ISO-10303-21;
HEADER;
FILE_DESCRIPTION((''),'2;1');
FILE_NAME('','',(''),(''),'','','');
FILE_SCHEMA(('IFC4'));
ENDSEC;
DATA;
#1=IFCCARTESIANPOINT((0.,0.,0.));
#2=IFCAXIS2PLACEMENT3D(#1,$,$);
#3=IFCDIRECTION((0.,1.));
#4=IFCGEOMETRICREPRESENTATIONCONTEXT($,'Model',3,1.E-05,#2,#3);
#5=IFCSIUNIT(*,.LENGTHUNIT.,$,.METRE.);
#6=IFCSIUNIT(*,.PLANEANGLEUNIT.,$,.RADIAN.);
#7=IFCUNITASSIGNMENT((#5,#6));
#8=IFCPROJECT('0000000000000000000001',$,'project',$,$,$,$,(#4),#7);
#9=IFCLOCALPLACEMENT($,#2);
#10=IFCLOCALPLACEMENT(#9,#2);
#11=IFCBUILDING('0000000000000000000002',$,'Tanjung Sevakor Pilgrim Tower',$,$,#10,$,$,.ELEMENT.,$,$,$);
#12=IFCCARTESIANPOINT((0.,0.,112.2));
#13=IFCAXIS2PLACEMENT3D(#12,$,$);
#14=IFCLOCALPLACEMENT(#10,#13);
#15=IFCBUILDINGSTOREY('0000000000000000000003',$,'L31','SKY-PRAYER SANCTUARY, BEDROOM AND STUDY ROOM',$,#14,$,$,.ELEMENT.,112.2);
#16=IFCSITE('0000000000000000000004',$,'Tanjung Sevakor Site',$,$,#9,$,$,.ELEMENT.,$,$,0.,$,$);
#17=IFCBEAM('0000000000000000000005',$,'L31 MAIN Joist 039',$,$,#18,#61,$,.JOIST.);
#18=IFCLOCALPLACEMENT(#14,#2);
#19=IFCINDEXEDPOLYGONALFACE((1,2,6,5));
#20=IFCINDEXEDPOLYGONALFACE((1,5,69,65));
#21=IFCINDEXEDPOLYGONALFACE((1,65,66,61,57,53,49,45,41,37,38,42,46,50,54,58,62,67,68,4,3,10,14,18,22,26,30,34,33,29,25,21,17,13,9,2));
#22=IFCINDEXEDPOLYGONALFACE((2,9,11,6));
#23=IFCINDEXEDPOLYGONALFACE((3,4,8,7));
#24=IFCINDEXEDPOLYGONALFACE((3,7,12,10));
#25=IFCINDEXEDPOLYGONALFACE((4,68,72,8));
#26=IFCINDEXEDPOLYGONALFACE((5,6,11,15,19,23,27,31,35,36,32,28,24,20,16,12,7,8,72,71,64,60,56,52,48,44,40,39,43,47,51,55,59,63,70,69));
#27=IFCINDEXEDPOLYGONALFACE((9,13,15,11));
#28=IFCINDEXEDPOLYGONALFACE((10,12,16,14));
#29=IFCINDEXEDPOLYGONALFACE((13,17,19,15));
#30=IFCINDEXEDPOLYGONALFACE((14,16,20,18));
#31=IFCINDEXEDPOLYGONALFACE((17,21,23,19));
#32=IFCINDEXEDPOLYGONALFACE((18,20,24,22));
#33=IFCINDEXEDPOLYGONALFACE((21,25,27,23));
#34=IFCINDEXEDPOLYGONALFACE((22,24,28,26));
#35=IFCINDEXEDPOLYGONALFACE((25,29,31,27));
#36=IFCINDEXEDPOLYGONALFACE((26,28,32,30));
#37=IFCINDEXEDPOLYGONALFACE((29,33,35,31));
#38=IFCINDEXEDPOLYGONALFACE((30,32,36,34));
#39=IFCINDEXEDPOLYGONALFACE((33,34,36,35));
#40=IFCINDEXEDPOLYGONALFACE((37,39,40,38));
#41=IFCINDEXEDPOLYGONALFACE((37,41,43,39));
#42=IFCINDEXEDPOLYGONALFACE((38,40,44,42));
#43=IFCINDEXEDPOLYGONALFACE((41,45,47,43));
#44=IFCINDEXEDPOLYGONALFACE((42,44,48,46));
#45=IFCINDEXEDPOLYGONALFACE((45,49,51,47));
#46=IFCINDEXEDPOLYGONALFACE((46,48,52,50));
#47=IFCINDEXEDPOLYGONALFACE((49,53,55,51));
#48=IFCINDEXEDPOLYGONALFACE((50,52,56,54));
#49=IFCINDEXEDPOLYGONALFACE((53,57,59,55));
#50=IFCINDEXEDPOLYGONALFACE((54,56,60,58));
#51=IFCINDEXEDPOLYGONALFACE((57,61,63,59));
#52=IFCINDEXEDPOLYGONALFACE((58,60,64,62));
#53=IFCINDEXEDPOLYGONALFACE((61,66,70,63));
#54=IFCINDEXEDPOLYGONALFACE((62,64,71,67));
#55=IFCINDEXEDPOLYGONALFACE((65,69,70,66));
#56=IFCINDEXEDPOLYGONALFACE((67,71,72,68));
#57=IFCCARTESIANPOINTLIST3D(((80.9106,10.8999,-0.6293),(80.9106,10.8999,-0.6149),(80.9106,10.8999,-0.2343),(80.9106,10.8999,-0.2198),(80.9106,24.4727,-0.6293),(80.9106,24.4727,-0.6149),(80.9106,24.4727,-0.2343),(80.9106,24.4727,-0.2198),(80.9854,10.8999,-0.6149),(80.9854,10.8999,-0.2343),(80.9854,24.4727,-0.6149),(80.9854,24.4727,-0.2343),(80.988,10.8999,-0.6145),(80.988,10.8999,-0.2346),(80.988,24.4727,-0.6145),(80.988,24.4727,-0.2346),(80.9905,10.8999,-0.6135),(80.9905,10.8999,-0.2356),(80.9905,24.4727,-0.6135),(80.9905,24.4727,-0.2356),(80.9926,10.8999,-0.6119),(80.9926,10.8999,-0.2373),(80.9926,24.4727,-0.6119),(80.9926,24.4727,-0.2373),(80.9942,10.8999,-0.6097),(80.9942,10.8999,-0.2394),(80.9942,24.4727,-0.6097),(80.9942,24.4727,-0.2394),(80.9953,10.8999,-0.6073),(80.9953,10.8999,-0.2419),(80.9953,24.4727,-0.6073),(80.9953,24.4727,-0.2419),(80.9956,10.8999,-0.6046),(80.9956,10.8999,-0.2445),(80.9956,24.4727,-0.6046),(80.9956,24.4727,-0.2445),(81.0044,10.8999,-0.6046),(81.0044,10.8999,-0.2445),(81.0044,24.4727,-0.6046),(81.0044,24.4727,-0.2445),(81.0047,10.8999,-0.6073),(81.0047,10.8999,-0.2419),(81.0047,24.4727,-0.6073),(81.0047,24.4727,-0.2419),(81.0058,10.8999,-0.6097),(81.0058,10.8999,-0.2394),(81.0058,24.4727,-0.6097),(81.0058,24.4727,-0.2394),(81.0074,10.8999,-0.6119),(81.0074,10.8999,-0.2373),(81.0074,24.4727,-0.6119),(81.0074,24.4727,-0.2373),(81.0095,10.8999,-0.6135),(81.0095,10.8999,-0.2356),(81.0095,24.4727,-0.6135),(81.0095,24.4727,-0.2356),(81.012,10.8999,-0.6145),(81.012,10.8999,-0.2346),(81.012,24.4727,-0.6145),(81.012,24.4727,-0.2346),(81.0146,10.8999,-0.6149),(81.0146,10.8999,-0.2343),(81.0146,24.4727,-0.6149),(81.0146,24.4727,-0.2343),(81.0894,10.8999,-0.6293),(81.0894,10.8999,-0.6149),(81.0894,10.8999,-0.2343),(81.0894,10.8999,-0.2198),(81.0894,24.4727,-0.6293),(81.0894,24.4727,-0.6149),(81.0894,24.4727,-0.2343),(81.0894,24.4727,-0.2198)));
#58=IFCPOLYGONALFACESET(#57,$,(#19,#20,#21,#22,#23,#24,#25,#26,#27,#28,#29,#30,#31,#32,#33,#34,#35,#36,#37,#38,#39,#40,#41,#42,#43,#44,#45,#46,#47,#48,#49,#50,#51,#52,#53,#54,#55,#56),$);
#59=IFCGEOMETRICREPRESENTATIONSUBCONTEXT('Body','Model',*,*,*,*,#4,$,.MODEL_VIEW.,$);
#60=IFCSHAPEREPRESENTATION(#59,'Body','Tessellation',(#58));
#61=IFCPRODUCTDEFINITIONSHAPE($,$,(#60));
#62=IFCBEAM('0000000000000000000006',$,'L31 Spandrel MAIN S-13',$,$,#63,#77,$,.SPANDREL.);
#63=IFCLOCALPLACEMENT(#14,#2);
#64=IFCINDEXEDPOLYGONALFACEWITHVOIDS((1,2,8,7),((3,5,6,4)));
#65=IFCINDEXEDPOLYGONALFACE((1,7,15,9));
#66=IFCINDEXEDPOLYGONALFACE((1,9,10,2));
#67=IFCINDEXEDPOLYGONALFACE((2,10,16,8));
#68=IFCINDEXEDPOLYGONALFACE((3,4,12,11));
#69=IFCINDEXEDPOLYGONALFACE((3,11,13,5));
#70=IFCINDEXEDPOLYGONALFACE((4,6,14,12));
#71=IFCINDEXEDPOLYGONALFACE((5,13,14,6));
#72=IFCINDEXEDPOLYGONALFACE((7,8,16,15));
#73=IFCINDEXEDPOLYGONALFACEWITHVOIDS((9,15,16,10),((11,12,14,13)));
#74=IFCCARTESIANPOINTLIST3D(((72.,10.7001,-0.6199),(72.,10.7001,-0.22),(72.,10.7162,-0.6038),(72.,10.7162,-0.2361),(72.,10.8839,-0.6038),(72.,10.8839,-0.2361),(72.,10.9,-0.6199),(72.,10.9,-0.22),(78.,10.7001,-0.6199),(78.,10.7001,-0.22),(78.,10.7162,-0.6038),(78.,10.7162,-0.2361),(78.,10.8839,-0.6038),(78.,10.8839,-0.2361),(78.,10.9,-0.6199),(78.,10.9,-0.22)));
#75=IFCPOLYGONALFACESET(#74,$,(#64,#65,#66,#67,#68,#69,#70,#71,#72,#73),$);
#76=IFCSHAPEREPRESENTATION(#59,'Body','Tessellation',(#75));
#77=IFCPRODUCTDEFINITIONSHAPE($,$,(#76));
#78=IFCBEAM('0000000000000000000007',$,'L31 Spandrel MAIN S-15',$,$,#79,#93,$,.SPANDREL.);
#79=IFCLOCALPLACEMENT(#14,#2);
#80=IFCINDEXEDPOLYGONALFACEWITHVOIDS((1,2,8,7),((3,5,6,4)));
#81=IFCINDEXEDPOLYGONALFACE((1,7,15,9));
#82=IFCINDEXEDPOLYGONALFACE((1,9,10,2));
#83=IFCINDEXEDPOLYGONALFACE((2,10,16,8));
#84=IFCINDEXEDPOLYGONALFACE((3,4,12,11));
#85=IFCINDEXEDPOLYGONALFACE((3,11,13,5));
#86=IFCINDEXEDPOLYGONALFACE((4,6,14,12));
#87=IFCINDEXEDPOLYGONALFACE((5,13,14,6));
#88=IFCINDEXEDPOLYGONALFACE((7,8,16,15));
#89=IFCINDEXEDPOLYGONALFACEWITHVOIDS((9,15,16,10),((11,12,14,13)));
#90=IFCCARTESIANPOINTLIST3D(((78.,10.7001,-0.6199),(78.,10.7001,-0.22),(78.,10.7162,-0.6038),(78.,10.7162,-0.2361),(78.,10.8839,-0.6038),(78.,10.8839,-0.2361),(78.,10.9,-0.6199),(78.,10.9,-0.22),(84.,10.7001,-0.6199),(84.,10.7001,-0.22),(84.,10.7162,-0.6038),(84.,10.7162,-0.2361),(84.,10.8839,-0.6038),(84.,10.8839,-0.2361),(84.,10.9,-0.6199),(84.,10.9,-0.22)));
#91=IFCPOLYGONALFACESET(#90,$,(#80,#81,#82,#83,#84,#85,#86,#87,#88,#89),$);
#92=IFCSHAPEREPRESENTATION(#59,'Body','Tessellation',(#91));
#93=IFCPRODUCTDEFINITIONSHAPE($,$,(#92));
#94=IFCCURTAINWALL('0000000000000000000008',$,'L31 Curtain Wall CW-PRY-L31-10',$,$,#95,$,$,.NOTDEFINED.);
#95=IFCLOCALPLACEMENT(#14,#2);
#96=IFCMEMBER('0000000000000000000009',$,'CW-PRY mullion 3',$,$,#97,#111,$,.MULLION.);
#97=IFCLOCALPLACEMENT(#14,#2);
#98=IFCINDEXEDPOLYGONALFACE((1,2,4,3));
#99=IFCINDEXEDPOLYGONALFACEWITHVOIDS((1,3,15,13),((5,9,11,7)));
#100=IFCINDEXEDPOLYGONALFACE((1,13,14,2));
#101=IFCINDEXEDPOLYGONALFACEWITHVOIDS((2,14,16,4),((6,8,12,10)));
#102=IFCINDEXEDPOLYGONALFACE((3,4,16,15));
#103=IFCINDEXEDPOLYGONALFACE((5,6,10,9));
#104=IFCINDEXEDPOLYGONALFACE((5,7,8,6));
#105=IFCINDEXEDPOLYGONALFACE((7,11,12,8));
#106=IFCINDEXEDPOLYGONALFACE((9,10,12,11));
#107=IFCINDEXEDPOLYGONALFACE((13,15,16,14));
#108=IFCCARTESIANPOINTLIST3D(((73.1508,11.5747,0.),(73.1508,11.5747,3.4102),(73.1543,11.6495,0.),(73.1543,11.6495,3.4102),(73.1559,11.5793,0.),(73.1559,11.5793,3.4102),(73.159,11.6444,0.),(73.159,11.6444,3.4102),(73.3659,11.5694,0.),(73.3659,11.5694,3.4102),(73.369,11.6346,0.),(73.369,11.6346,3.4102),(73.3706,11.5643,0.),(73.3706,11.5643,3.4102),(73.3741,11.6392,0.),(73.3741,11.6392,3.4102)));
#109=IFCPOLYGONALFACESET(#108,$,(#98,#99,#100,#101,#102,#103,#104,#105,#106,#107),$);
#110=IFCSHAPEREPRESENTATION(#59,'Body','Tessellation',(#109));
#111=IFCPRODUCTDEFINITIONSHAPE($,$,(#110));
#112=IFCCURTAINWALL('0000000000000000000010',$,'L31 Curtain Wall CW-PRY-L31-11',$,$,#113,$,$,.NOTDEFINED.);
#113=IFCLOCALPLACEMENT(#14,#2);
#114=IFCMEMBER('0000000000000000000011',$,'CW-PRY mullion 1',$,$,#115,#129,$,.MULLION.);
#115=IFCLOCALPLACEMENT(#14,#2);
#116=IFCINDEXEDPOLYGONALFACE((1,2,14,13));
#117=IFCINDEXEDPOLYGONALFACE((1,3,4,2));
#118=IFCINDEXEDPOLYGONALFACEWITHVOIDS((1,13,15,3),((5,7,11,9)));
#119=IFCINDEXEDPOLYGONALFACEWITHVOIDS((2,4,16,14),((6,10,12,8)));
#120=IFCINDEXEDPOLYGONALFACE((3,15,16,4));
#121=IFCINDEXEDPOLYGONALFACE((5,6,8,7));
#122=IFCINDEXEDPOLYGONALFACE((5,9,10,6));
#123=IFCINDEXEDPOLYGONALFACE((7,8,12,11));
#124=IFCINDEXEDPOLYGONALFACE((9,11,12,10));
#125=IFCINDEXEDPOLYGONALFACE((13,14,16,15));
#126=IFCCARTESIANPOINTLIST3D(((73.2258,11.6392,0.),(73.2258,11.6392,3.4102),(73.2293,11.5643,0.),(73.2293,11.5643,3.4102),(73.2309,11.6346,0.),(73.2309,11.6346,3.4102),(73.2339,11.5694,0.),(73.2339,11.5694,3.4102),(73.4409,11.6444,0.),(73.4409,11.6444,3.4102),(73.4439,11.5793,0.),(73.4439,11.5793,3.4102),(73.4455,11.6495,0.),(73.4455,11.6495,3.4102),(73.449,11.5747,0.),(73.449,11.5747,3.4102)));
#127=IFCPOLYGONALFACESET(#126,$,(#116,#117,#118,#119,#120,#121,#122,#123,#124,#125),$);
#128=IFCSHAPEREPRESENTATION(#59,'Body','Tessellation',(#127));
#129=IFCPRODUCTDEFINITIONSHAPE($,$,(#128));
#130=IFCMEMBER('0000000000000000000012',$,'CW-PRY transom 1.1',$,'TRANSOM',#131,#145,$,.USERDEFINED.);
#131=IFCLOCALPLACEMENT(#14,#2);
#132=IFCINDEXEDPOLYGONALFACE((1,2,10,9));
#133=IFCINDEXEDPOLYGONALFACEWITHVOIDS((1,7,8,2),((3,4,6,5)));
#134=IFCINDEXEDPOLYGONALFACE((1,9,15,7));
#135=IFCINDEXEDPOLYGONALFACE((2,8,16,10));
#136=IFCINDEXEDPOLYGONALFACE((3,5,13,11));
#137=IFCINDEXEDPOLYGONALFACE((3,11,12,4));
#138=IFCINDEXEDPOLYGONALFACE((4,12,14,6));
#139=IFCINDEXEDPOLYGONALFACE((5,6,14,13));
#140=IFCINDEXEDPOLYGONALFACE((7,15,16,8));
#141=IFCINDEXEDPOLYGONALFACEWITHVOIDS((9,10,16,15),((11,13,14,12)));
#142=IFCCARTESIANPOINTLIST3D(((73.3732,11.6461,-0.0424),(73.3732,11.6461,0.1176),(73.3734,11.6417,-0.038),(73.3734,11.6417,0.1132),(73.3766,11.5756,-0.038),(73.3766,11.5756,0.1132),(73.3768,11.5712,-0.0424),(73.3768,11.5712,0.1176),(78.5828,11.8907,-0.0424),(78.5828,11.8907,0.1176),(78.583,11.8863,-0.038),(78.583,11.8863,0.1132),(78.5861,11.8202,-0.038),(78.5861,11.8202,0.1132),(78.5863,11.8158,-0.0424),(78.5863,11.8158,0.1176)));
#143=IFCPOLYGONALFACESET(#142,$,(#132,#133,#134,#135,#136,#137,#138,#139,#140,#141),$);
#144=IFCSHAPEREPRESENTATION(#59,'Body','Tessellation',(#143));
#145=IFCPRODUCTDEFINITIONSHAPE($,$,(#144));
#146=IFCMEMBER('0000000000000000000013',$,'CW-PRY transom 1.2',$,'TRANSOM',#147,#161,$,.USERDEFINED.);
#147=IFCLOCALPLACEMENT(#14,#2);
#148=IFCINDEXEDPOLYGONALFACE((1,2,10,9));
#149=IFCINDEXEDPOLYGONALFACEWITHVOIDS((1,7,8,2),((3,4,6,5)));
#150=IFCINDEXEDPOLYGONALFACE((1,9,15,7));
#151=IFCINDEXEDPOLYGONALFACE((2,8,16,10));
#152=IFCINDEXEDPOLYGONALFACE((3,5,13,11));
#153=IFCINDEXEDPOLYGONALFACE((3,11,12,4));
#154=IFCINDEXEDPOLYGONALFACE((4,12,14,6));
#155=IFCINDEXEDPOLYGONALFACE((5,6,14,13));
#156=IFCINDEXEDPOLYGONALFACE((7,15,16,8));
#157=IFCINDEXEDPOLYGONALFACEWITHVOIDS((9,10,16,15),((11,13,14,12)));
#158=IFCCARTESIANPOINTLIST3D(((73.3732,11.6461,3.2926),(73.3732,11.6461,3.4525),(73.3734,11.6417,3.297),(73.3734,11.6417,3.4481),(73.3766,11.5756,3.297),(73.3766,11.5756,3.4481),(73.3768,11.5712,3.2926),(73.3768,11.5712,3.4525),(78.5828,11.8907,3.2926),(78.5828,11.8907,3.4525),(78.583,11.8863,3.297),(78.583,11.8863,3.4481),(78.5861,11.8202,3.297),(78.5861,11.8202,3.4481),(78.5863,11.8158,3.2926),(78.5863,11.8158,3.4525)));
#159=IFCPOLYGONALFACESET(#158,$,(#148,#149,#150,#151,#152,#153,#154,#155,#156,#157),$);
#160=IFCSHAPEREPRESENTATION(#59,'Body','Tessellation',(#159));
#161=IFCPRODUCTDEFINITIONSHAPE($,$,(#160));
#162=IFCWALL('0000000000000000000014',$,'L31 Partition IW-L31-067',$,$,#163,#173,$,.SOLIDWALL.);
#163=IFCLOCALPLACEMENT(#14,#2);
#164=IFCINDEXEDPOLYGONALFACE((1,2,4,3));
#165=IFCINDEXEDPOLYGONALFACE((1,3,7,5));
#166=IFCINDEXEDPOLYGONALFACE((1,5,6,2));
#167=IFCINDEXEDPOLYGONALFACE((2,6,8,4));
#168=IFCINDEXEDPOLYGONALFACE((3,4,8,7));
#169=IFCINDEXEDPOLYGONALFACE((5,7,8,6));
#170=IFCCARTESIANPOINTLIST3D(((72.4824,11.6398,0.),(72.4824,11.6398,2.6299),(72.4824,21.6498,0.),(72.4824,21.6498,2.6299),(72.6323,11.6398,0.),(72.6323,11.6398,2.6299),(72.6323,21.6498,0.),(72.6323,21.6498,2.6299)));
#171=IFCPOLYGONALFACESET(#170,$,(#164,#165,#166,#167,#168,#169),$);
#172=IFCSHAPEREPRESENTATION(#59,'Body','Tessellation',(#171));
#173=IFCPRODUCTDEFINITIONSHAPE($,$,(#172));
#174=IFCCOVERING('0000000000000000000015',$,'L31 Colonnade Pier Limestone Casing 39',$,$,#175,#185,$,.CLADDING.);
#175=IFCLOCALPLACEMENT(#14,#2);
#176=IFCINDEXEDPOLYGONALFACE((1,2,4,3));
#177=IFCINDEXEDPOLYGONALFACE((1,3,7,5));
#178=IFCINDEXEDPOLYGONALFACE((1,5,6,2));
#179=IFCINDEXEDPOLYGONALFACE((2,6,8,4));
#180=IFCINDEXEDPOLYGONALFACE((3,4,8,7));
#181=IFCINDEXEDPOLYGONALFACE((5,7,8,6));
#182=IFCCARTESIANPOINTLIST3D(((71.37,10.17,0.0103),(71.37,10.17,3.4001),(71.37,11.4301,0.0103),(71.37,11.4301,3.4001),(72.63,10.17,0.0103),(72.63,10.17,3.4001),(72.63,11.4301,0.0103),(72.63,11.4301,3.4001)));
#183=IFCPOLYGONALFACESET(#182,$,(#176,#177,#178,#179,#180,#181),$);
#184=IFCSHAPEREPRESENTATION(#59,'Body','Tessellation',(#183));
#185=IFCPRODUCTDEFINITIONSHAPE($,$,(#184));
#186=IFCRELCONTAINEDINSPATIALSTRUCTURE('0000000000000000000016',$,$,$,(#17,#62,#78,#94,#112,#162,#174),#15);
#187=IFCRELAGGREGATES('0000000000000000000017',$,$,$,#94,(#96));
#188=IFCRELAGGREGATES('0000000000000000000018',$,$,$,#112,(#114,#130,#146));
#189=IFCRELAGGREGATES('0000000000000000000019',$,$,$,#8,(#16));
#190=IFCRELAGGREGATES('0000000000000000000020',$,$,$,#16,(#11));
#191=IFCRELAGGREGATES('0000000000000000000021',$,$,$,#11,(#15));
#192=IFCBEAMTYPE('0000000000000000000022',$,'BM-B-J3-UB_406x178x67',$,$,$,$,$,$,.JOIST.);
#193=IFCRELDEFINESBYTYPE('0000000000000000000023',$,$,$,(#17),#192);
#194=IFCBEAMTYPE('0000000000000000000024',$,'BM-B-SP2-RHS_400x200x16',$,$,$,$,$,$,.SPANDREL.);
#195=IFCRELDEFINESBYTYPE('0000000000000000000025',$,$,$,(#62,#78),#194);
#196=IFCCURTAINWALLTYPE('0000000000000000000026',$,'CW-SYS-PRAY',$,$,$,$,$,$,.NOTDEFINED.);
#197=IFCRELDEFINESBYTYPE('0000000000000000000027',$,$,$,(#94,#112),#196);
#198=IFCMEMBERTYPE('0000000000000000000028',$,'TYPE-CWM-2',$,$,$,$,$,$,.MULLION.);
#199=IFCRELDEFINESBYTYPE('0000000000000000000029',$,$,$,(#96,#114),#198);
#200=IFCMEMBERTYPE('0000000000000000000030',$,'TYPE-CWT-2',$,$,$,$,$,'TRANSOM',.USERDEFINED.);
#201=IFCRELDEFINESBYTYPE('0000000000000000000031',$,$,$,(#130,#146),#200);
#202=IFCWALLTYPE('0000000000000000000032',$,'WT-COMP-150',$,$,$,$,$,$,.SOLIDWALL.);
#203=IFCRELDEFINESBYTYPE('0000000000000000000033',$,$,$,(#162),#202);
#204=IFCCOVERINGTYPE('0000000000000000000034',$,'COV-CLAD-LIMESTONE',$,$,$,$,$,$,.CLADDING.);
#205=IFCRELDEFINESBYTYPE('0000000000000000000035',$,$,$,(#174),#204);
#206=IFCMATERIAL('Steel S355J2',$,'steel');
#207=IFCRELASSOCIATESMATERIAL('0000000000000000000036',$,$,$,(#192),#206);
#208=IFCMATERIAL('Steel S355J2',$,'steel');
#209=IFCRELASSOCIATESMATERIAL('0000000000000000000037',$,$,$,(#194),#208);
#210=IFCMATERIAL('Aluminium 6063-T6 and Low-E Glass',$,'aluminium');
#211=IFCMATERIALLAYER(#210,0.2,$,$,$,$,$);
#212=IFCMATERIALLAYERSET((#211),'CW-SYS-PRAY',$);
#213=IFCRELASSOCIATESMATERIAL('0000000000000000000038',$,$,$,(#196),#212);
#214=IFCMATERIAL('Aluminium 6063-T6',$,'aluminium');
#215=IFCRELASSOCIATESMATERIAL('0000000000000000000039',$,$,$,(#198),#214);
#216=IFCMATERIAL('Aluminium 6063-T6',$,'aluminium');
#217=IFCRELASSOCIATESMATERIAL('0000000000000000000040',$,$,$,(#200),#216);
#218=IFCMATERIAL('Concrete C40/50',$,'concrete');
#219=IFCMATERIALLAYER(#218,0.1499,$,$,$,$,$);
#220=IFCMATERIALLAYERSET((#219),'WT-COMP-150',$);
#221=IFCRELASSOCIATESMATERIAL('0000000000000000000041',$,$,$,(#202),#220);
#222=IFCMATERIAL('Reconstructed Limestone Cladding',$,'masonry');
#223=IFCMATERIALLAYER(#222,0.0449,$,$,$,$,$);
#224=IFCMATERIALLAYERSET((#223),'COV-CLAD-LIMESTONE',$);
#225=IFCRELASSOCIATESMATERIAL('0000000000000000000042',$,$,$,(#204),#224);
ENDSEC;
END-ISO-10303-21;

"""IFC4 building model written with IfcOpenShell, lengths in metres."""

from ifc_helpers import new_model, si_unit, direction, frame, frame_2d, origin, origin_2d, place, context, subcontext, project, spatial, rectangle, hollow_rectangle, i_section, extrude, material, layer, layer_set, material_profile, profile_set, type_object, element, aggregate, save


model = new_model("IFC4")

# Units and contexts
model_context = context("Model", 3, precision=1e-05, world=origin(), true_north=direction((0.0, 1.0)))
body_context = subcontext(model_context, "Body", "Model", "MODEL_VIEW")
ifc_project = project(units=[si_unit("LENGTHUNIT", "METRE"), si_unit("PLANEANGLEUNIT", "RADIAN")], contexts=[model_context])

# Site, building, storey
site_placement = place(None, origin())
site = spatial("IfcSite", under=ifc_project, at=site_placement, Name="Tanjung Sevakor Site", CompositionType="ELEMENT", RefElevation=0.0)
building_placement = place(site_placement, origin())
building = spatial("IfcBuilding", under=site, at=building_placement, Name="Tanjung Sevakor Pilgrim Tower", CompositionType="ELEMENT")
storey_placement = place(building_placement, frame((0.0, 0.0, 112.2)))
storey = spatial("IfcBuildingStorey", under=building, at=storey_placement, Name="L31", Description="SKY-PRAYER SANCTUARY, BEDROOM AND STUDY ROOM", CompositionType="ELEMENT", Elevation=112.2)

# Beams
ifc_material_1 = material(Name="Steel S355J2", Category="steel")
ifc_material_profile_1 = material_profile(ifc_material_1, i_section(OverallWidth=0.1787, OverallDepth=0.4094, WebThickness=0.0088, FlangeThickness=0.0144, FilletRadius=0.0103, at=origin_2d()))
ifc_profile_set_1 = profile_set([ifc_material_profile_1], Name="Steel S355J2")
beam_type_1 = type_object("IfcBeamType", Name="BM-B-J3-UB_406x178x67", PredefinedType="JOIST", material=ifc_profile_set_1)
for number, where, z_axis, x_axis, name in (
    (1, (81.0, 10.8999, -0.4246), (0.0, 1.0, 0.0), (-1.0, 0.0, 0.0), "L31 MAIN Joist 039"),
):
    element("IfcBeam", number, at=place(storey_placement, frame(where, z_axis=z_axis, x_axis=x_axis)), inside=storey, type_object=beam_type_1, Name=name, PredefinedType="JOIST", context=body_context, shape_type="SweptSolid", body=[
        extrude(i_section(OverallWidth=0.1787, OverallDepth=0.4094, WebThickness=0.0088, FlangeThickness=0.0144, FilletRadius=0.0103, at=origin_2d()), origin(), (0.0, 0.0, 1.0), 13.5728),
    ])
ifc_material_2 = material(Name="Steel S355J2", Category="steel")
ifc_material_profile_2 = material_profile(ifc_material_2, hollow_rectangle(XDim=0.2, YDim=0.3999, WallThickness=0.0161, at=origin_2d()))
ifc_profile_set_2 = profile_set([ifc_material_profile_2], Name="Steel S355J2")
beam_type_2 = type_object("IfcBeamType", Name="BM-B-SP2-RHS_400x200x16", PredefinedType="SPANDREL", material=ifc_profile_set_2)
for number, where, z_axis, x_axis, name in (
    (2, (72.0, 10.8, -0.4199), (1.0, 0.0, 0.0), (0.0, 1.0, 0.0), "L31 Spandrel MAIN S-13"),
    (3, (78.0, 10.8, -0.4199), (1.0, 0.0, 0.0), (0.0, 1.0, 0.0), "L31 Spandrel MAIN S-15"),
):
    element("IfcBeam", number, at=place(storey_placement, frame(where, z_axis=z_axis, x_axis=x_axis)), inside=storey, type_object=beam_type_2, Name=name, PredefinedType="SPANDREL", context=body_context, shape_type="SweptSolid", body=[
        extrude(hollow_rectangle(XDim=0.2, YDim=0.3999, WallThickness=0.0161, at=origin_2d()), origin(), (0.0, 0.0, 1.0), 6.0),
    ])

# Curtain wall, member
ifc_material_3 = material(Name="Aluminium 6063-T6 and Low-E Glass", Category="aluminium")
ifc_layer_1 = layer(ifc_material_3, 0.2)
ifc_layer_set_1 = layer_set([ifc_layer_1], Name="CW-SYS-PRAY")
curtain_wall_type = type_object("IfcCurtainWallType", Name="CW-SYS-PRAY", PredefinedType="NOTDEFINED", material=ifc_layer_set_1)
curtain_wall_1_placement = place(storey_placement, origin())
curtain_wall_1 = element("IfcCurtainWall", 4, at=curtain_wall_1_placement, inside=storey, type_object=curtain_wall_type, Name="L31 Curtain Wall CW-PRY-L31-10", PredefinedType="NOTDEFINED")
ifc_material_4 = material(Name="Aluminium 6063-T6", Category="aluminium")
ifc_material_profile_3 = material_profile(ifc_material_4, hollow_rectangle(XDim=0.075, YDim=0.22, WallThickness=0.0049, at=origin_2d()))
ifc_profile_set_3 = profile_set([ifc_material_profile_3], Name="Aluminium 6063-T6")
member_type_1 = type_object("IfcMemberType", Name="TYPE-CWM-2", PredefinedType="MULLION", material=ifc_profile_set_3)
member_1_placement = place(storey_placement, frame((73.2625, 11.6069, 0.0), z_axis=(0.0, 0.0, 1.0), x_axis=(0.046904, 0.998899, 0.0)))
member_1 = element("IfcMember", 5, at=member_1_placement, type_object=member_type_1, Name="CW-PRY mullion 3", PredefinedType="MULLION", context=body_context, shape_type="SweptSolid", body=[
    extrude(hollow_rectangle(XDim=0.075, YDim=0.22, WallThickness=0.0049, at=origin_2d()), origin(), (0.0, 0.0, 1.0), 3.4102),
])
aggregate(curtain_wall_1, [member_1])

# Curtain wall, members
curtain_wall_2_placement = place(storey_placement, origin())
curtain_wall_2 = element("IfcCurtainWall", 6, at=curtain_wall_2_placement, inside=storey, type_object=curtain_wall_type, Name="L31 Curtain Wall CW-PRY-L31-11", PredefinedType="NOTDEFINED")
member_2_placement = place(storey_placement, frame((73.3374, 11.6069, 0.0), z_axis=(0.0, 0.0, 1.0), x_axis=(-0.046904, 0.998899, 0.0)))
member_2 = element("IfcMember", 7, at=member_2_placement, type_object=member_type_1, Name="CW-PRY mullion 1", PredefinedType="MULLION", context=body_context, shape_type="SweptSolid", body=[
    extrude(hollow_rectangle(XDim=0.075, YDim=0.22, WallThickness=0.0049, at=origin_2d()), origin(), (0.0, 0.0, 1.0), 3.4102),
])
ifc_material_5 = material(Name="Aluminium 6063-T6", Category="aluminium")
ifc_material_profile_4 = material_profile(ifc_material_5, hollow_rectangle(XDim=0.075, YDim=0.1599, WallThickness=0.0044, at=origin_2d()))
ifc_profile_set_4 = profile_set([ifc_material_profile_4], Name="Aluminium 6063-T6")
member_type_2 = type_object("IfcMemberType", Name="TYPE-CWT-2", ElementType="TRANSOM", PredefinedType="USERDEFINED", material=ifc_profile_set_4)
member_3_placement = place(storey_placement, frame((73.375, 11.6086, 0.0376), z_axis=(0.998899, 0.046907, 0.0), x_axis=(-0.046907, 0.998899, 0.0)))
member_3 = element("IfcMember", 8, at=member_3_placement, type_object=member_type_2, Name="CW-PRY transom 1.1", ObjectType="TRANSOM", PredefinedType="USERDEFINED", context=body_context, shape_type="SweptSolid", body=[
    extrude(hollow_rectangle(XDim=0.075, YDim=0.1599, WallThickness=0.0044, at=origin_2d()), origin(), (0.0, 0.0, 1.0), 5.2153),
])
member_4_placement = place(storey_placement, frame((73.375, 11.6086, 3.3726), z_axis=(0.998899, 0.046907, 0.0), x_axis=(-0.046907, 0.998899, 0.0)))
member_4 = element("IfcMember", 9, at=member_4_placement, type_object=member_type_2, Name="CW-PRY transom 1.2", ObjectType="TRANSOM", PredefinedType="USERDEFINED", context=body_context, shape_type="SweptSolid", body=[
    extrude(hollow_rectangle(XDim=0.075, YDim=0.1599, WallThickness=0.0044, at=origin_2d()), origin(), (0.0, 0.0, 1.0), 5.2153),
])
aggregate(curtain_wall_2, [member_2, member_3, member_4])

# Wall
ifc_material_6 = material(Name="Concrete C40/50", Category="concrete")
ifc_layer_2 = layer(ifc_material_6, 0.1499)
ifc_layer_set_2 = layer_set([ifc_layer_2], Name="WT-COMP-150")
wall_type = type_object("IfcWallType", Name="WT-COMP-150", PredefinedType="SOLIDWALL", material=ifc_layer_set_2)
wall_placement = place(storey_placement, frame((72.5574, 11.6399, 0.0), z_axis=(0.0, 0.0, 1.0), x_axis=(0.0, 1.0, 0.0)))
element("IfcWall", 10, at=wall_placement, inside=storey, type_object=wall_type, Name="L31 Partition IW-L31-067", PredefinedType="SOLIDWALL", context=body_context, shape_type="SweptSolid", body=[
    extrude(rectangle(XDim=10.01, YDim=0.1499, at=frame_2d((5.0049, 0.0))), origin(), (0.0, 0.0, 1.0), 2.6299),
])

# Covering
ifc_material_7 = material(Name="Reconstructed Limestone Cladding", Category="masonry")
ifc_layer_3 = layer(ifc_material_7, 0.0449)
ifc_layer_set_3 = layer_set([ifc_layer_3], Name="COV-CLAD-LIMESTONE")
covering_type = type_object("IfcCoveringType", Name="COV-CLAD-LIMESTONE", PredefinedType="CLADDING", material=ifc_layer_set_3)
for number, where, z_axis, x_axis, name in (
    (11, (72.0, 10.8, 0.0103), (0.0, 0.0, 1.0), (1.0, 0.0, 0.0), "L31 Colonnade Pier Limestone Casing 39"),
):
    element("IfcCovering", number, at=place(storey_placement, frame(where, z_axis=z_axis, x_axis=x_axis)), inside=storey, type_object=covering_type, Name=name, PredefinedType="CLADDING", context=body_context, shape_type="SweptSolid", body=[
        extrude(rectangle(XDim=1.26, YDim=1.26, at=origin_2d()), origin(), (0.0, 0.0, 1.0), 3.3899),
    ])

save(model, "model.ifc")
